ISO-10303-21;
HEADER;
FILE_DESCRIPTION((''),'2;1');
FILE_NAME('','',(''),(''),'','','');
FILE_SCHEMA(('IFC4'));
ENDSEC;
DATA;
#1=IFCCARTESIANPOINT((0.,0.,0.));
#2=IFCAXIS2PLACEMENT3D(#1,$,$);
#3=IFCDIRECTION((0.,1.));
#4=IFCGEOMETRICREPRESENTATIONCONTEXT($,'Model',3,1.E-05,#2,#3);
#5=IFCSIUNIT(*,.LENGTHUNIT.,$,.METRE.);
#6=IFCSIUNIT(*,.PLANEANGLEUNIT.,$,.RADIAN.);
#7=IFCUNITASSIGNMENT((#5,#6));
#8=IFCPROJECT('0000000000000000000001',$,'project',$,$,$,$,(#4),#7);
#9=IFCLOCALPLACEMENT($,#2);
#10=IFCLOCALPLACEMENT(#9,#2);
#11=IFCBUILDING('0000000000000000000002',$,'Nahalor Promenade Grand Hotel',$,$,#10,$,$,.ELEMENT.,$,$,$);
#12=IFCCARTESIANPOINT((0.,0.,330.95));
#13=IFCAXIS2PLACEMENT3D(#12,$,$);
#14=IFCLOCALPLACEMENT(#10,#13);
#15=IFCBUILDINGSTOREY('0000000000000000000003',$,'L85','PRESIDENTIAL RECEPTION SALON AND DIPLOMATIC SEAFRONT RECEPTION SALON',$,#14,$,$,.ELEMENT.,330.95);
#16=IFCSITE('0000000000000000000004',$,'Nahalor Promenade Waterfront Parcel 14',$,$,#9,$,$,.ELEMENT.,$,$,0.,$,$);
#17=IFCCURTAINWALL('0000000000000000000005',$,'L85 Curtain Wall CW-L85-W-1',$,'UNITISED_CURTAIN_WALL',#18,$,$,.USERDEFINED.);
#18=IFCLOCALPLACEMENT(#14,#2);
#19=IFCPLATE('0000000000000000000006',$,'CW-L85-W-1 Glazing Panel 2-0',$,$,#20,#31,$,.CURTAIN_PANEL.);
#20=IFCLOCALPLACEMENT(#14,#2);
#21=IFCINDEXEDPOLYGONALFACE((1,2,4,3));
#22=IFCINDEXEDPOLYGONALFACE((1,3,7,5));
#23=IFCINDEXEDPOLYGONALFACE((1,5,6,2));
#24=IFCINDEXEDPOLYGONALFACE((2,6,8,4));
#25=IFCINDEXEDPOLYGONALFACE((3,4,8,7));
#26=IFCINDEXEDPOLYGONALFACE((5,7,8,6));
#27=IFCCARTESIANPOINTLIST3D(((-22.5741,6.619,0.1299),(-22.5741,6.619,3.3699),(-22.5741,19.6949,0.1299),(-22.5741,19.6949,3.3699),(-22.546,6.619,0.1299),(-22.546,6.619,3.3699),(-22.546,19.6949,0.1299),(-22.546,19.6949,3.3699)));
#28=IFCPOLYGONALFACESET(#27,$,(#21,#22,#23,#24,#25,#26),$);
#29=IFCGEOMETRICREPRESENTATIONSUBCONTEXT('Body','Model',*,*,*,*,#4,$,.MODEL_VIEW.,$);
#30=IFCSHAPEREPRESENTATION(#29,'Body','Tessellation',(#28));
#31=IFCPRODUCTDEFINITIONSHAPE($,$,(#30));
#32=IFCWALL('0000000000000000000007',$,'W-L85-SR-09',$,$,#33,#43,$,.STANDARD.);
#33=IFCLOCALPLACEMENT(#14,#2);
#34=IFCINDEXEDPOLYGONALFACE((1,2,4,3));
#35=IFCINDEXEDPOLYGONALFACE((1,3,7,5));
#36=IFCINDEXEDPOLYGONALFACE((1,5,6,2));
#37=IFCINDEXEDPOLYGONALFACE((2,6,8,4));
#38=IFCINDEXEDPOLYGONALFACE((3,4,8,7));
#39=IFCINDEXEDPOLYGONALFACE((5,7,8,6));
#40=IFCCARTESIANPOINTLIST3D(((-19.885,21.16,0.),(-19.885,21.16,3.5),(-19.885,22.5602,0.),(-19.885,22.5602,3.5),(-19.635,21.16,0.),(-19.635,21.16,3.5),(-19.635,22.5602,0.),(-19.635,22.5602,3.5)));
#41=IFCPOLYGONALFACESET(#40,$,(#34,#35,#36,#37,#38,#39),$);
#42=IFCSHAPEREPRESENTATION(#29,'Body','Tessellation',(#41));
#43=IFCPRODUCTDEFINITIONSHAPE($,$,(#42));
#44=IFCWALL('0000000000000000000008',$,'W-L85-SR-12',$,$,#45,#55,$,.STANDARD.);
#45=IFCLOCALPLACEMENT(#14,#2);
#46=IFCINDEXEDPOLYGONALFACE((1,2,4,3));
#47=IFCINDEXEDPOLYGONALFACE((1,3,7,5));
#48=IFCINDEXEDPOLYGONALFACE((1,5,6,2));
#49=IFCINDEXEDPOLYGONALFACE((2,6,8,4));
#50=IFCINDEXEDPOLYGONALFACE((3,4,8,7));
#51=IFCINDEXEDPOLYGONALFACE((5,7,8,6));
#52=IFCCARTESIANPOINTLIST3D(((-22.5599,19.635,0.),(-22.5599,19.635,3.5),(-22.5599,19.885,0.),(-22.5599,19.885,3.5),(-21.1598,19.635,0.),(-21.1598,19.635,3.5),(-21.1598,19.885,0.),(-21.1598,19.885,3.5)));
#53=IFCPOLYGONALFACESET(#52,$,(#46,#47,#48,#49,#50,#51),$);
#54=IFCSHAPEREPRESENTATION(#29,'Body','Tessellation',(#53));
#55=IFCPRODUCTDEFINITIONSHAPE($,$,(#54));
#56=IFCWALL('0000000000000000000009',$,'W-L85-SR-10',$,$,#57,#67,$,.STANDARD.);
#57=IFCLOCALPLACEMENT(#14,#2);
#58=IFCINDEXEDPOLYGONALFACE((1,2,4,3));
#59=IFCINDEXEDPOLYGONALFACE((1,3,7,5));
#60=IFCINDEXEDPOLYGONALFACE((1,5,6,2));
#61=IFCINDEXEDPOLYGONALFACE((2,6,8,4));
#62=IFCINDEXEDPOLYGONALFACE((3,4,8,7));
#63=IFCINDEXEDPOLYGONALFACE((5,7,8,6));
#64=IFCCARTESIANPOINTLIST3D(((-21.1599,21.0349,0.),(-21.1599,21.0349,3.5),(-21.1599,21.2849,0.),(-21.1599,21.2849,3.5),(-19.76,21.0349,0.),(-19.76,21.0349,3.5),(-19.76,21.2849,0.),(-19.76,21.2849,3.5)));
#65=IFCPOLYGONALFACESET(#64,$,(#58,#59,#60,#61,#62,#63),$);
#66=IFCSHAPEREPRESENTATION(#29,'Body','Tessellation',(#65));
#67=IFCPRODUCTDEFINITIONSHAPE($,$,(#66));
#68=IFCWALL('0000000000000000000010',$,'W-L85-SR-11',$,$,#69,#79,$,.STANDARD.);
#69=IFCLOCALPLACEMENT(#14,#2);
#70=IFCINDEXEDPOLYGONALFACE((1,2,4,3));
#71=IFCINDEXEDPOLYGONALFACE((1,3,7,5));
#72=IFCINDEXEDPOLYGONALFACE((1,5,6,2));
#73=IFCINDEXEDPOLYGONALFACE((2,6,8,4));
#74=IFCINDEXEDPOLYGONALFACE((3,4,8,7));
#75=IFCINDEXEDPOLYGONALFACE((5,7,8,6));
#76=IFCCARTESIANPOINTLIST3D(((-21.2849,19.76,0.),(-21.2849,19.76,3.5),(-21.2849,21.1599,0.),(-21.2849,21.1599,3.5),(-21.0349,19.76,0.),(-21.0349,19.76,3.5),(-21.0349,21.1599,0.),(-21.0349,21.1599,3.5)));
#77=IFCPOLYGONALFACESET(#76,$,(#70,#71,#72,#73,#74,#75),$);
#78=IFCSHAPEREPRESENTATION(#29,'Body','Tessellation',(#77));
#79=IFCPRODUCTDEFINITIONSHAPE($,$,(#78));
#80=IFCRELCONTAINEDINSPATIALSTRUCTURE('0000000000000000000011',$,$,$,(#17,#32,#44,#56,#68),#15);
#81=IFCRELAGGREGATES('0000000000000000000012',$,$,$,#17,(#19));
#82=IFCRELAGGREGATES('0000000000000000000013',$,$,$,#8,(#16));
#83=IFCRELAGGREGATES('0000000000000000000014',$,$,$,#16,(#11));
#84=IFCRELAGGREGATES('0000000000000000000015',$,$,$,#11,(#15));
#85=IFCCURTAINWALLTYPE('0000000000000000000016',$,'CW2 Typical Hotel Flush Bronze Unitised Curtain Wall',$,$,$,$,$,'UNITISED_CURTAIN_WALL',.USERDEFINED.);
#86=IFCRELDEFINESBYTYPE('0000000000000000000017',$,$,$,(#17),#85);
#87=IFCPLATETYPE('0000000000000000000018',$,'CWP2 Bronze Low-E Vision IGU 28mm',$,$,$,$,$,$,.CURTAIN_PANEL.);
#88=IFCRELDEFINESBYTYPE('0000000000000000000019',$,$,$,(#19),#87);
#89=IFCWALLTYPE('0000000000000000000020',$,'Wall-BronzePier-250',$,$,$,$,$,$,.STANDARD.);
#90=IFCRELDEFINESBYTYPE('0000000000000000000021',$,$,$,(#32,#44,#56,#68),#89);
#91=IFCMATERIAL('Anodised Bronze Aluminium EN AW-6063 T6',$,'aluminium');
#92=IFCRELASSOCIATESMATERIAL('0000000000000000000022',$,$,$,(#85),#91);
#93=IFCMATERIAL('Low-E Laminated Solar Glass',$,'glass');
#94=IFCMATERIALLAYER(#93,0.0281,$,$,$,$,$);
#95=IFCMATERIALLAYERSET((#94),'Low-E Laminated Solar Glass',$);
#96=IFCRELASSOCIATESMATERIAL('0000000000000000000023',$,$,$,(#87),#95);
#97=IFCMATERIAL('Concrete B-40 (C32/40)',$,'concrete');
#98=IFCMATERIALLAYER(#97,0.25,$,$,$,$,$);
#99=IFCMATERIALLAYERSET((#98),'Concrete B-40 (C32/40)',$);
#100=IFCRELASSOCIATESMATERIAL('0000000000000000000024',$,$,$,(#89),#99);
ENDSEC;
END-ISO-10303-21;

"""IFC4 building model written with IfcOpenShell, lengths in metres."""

from ifc_helpers import new_model, si_unit, direction, frame, frame_2d, origin, origin_2d, place, context, subcontext, project, spatial, rectangle, extrude, source, transform, mapped, material, layer, layer_set, type_object, element, aggregate, save


model = new_model("IFC4")

# Units and contexts
model_context = context("Model", 3, precision=1e-05, world=origin(), true_north=direction((0.0, 1.0)))
body_context = subcontext(model_context, "Body", "Model", "MODEL_VIEW")
ifc_project = project(units=[si_unit("LENGTHUNIT", "METRE"), si_unit("PLANEANGLEUNIT", "RADIAN")], contexts=[model_context])

# Site, building, storey
site_placement = place(None, origin())
site = spatial("IfcSite", under=ifc_project, at=site_placement, Name="Nahalor Promenade Waterfront Parcel 14", CompositionType="ELEMENT", RefElevation=0.0)
building_placement = place(site_placement, origin())
building = spatial("IfcBuilding", under=site, at=building_placement, Name="Nahalor Promenade Grand Hotel", CompositionType="ELEMENT")
storey_placement = place(building_placement, frame((0.0, 0.0, 330.95)))
storey = spatial("IfcBuildingStorey", under=building, at=storey_placement, Name="L85", Description="PRESIDENTIAL RECEPTION SALON AND DIPLOMATIC SEAFRONT RECEPTION SALON", CompositionType="ELEMENT", Elevation=330.95)

# Shared definitions
ifc_material_1 = material(Name="Anodised Bronze Aluminium EN AW-6063 T6", Category="aluminium")
curtain_wall_type = type_object("IfcCurtainWallType", Name="CW2 Typical Hotel Flush Bronze Unitised Curtain Wall", ElementType="UNITISED_CURTAIN_WALL", PredefinedType="USERDEFINED", material=ifc_material_1)

# Curtain wall
curtain_wall_1_placement = place(storey_placement, origin())
curtain_wall_1 = element("IfcCurtainWall", 1, at=curtain_wall_1_placement, inside=storey, type_object=curtain_wall_type, Name="L85 Curtain Wall CW-L85-W-1", ObjectType="UNITISED_CURTAIN_WALL", PredefinedType="USERDEFINED")

# Plate
ifc_material_2 = material(Name="Low-E Laminated Solar Glass", Category="glass")
ifc_layer_1 = layer(ifc_material_2, 0.0281)
ifc_layer_set_1 = layer_set([ifc_layer_1], Name="Low-E Laminated Solar Glass")
plate_type = type_object("IfcPlateType", Name="CWP2 Bronze Low-E Vision IGU 28mm", PredefinedType="CURTAIN_PANEL", material=ifc_layer_set_1)
shared_shape_1 = source(origin(), body_context, "Body", "SweptSolid", [
    extrude(rectangle(XDim=13.0759, YDim=0.0281, at=origin_2d()), origin(), (0.0, 0.0, 1.0), 3.24),
])
plate_placement = place(storey_placement, frame((-22.5601, 13.157, 0.1299), z_axis=(0.0, 0.0, 1.0), x_axis=(0.0, 1.0, 0.0)))
plate = element("IfcPlate", 2, at=plate_placement, type_object=plate_type, Name="CW-L85-W-1 Glazing Panel 2-0", PredefinedType="CURTAIN_PANEL", context=body_context, shape_type="MappedRepresentation", body=[
    mapped(shared_shape_1, transform((0.0, 0.0, 0.0), scale=1.0)),
])
aggregate(curtain_wall_1, [plate])

# Walls
ifc_material_3 = material(Name="Concrete B-40 (C32/40)", Category="concrete")
ifc_layer_2 = layer(ifc_material_3, 0.25)
ifc_layer_set_2 = layer_set([ifc_layer_2], Name="Concrete B-40 (C32/40)")
wall_type = type_object("IfcWallType", Name="Wall-BronzePier-250", PredefinedType="STANDARD", material=ifc_layer_set_2)
shared_shape_2 = source(origin(), body_context, "Body", "SweptSolid", [
    extrude(rectangle(XDim=1.4001, YDim=0.25, at=frame_2d((0.7002, 0.0))), origin(), (0.0, 0.0, 1.0), 3.5),
])
for number, where, z_axis, x_axis, name in (
    (3, (-19.76, 21.1599, 0.0), (0.0, 0.0, 1.0), (0.0, 1.0, 0.0), "W-L85-SR-09"),
    (4, (-22.5601, 19.76, 0.0), (0.0, 0.0, 1.0), (1.0, 0.0, 0.0), "W-L85-SR-12"),
):
    element("IfcWall", number, at=place(storey_placement, frame(where, z_axis=z_axis, x_axis=x_axis)), inside=storey, type_object=wall_type, Name=name, PredefinedType="STANDARD", context=body_context, shape_type="MappedRepresentation", body=[
        mapped(shared_shape_2, transform((0.0, 0.0, 0.0), scale=1.0)),
    ])
shared_shape_3 = source(origin(), body_context, "Body", "SweptSolid", [
    extrude(rectangle(XDim=1.3999, YDim=0.25, at=frame_2d((0.7, 0.0))), origin(), (0.0, 0.0, 1.0), 3.5),
])
for number, where, z_axis, x_axis, name in (
    (5, (-21.1599, 21.1599, 0.0), (0.0, 0.0, 1.0), (1.0, 0.0, 0.0), "W-L85-SR-10"),
    (6, (-21.1599, 19.76, 0.0), (0.0, 0.0, 1.0), (0.0, 1.0, 0.0), "W-L85-SR-11"),
):
    element("IfcWall", number, at=place(storey_placement, frame(where, z_axis=z_axis, x_axis=x_axis)), inside=storey, type_object=wall_type, Name=name, PredefinedType="STANDARD", context=body_context, shape_type="MappedRepresentation", body=[
        mapped(shared_shape_3, transform((0.0, 0.0, 0.0), scale=1.0)),
    ])

save(model, "model.ifc")
